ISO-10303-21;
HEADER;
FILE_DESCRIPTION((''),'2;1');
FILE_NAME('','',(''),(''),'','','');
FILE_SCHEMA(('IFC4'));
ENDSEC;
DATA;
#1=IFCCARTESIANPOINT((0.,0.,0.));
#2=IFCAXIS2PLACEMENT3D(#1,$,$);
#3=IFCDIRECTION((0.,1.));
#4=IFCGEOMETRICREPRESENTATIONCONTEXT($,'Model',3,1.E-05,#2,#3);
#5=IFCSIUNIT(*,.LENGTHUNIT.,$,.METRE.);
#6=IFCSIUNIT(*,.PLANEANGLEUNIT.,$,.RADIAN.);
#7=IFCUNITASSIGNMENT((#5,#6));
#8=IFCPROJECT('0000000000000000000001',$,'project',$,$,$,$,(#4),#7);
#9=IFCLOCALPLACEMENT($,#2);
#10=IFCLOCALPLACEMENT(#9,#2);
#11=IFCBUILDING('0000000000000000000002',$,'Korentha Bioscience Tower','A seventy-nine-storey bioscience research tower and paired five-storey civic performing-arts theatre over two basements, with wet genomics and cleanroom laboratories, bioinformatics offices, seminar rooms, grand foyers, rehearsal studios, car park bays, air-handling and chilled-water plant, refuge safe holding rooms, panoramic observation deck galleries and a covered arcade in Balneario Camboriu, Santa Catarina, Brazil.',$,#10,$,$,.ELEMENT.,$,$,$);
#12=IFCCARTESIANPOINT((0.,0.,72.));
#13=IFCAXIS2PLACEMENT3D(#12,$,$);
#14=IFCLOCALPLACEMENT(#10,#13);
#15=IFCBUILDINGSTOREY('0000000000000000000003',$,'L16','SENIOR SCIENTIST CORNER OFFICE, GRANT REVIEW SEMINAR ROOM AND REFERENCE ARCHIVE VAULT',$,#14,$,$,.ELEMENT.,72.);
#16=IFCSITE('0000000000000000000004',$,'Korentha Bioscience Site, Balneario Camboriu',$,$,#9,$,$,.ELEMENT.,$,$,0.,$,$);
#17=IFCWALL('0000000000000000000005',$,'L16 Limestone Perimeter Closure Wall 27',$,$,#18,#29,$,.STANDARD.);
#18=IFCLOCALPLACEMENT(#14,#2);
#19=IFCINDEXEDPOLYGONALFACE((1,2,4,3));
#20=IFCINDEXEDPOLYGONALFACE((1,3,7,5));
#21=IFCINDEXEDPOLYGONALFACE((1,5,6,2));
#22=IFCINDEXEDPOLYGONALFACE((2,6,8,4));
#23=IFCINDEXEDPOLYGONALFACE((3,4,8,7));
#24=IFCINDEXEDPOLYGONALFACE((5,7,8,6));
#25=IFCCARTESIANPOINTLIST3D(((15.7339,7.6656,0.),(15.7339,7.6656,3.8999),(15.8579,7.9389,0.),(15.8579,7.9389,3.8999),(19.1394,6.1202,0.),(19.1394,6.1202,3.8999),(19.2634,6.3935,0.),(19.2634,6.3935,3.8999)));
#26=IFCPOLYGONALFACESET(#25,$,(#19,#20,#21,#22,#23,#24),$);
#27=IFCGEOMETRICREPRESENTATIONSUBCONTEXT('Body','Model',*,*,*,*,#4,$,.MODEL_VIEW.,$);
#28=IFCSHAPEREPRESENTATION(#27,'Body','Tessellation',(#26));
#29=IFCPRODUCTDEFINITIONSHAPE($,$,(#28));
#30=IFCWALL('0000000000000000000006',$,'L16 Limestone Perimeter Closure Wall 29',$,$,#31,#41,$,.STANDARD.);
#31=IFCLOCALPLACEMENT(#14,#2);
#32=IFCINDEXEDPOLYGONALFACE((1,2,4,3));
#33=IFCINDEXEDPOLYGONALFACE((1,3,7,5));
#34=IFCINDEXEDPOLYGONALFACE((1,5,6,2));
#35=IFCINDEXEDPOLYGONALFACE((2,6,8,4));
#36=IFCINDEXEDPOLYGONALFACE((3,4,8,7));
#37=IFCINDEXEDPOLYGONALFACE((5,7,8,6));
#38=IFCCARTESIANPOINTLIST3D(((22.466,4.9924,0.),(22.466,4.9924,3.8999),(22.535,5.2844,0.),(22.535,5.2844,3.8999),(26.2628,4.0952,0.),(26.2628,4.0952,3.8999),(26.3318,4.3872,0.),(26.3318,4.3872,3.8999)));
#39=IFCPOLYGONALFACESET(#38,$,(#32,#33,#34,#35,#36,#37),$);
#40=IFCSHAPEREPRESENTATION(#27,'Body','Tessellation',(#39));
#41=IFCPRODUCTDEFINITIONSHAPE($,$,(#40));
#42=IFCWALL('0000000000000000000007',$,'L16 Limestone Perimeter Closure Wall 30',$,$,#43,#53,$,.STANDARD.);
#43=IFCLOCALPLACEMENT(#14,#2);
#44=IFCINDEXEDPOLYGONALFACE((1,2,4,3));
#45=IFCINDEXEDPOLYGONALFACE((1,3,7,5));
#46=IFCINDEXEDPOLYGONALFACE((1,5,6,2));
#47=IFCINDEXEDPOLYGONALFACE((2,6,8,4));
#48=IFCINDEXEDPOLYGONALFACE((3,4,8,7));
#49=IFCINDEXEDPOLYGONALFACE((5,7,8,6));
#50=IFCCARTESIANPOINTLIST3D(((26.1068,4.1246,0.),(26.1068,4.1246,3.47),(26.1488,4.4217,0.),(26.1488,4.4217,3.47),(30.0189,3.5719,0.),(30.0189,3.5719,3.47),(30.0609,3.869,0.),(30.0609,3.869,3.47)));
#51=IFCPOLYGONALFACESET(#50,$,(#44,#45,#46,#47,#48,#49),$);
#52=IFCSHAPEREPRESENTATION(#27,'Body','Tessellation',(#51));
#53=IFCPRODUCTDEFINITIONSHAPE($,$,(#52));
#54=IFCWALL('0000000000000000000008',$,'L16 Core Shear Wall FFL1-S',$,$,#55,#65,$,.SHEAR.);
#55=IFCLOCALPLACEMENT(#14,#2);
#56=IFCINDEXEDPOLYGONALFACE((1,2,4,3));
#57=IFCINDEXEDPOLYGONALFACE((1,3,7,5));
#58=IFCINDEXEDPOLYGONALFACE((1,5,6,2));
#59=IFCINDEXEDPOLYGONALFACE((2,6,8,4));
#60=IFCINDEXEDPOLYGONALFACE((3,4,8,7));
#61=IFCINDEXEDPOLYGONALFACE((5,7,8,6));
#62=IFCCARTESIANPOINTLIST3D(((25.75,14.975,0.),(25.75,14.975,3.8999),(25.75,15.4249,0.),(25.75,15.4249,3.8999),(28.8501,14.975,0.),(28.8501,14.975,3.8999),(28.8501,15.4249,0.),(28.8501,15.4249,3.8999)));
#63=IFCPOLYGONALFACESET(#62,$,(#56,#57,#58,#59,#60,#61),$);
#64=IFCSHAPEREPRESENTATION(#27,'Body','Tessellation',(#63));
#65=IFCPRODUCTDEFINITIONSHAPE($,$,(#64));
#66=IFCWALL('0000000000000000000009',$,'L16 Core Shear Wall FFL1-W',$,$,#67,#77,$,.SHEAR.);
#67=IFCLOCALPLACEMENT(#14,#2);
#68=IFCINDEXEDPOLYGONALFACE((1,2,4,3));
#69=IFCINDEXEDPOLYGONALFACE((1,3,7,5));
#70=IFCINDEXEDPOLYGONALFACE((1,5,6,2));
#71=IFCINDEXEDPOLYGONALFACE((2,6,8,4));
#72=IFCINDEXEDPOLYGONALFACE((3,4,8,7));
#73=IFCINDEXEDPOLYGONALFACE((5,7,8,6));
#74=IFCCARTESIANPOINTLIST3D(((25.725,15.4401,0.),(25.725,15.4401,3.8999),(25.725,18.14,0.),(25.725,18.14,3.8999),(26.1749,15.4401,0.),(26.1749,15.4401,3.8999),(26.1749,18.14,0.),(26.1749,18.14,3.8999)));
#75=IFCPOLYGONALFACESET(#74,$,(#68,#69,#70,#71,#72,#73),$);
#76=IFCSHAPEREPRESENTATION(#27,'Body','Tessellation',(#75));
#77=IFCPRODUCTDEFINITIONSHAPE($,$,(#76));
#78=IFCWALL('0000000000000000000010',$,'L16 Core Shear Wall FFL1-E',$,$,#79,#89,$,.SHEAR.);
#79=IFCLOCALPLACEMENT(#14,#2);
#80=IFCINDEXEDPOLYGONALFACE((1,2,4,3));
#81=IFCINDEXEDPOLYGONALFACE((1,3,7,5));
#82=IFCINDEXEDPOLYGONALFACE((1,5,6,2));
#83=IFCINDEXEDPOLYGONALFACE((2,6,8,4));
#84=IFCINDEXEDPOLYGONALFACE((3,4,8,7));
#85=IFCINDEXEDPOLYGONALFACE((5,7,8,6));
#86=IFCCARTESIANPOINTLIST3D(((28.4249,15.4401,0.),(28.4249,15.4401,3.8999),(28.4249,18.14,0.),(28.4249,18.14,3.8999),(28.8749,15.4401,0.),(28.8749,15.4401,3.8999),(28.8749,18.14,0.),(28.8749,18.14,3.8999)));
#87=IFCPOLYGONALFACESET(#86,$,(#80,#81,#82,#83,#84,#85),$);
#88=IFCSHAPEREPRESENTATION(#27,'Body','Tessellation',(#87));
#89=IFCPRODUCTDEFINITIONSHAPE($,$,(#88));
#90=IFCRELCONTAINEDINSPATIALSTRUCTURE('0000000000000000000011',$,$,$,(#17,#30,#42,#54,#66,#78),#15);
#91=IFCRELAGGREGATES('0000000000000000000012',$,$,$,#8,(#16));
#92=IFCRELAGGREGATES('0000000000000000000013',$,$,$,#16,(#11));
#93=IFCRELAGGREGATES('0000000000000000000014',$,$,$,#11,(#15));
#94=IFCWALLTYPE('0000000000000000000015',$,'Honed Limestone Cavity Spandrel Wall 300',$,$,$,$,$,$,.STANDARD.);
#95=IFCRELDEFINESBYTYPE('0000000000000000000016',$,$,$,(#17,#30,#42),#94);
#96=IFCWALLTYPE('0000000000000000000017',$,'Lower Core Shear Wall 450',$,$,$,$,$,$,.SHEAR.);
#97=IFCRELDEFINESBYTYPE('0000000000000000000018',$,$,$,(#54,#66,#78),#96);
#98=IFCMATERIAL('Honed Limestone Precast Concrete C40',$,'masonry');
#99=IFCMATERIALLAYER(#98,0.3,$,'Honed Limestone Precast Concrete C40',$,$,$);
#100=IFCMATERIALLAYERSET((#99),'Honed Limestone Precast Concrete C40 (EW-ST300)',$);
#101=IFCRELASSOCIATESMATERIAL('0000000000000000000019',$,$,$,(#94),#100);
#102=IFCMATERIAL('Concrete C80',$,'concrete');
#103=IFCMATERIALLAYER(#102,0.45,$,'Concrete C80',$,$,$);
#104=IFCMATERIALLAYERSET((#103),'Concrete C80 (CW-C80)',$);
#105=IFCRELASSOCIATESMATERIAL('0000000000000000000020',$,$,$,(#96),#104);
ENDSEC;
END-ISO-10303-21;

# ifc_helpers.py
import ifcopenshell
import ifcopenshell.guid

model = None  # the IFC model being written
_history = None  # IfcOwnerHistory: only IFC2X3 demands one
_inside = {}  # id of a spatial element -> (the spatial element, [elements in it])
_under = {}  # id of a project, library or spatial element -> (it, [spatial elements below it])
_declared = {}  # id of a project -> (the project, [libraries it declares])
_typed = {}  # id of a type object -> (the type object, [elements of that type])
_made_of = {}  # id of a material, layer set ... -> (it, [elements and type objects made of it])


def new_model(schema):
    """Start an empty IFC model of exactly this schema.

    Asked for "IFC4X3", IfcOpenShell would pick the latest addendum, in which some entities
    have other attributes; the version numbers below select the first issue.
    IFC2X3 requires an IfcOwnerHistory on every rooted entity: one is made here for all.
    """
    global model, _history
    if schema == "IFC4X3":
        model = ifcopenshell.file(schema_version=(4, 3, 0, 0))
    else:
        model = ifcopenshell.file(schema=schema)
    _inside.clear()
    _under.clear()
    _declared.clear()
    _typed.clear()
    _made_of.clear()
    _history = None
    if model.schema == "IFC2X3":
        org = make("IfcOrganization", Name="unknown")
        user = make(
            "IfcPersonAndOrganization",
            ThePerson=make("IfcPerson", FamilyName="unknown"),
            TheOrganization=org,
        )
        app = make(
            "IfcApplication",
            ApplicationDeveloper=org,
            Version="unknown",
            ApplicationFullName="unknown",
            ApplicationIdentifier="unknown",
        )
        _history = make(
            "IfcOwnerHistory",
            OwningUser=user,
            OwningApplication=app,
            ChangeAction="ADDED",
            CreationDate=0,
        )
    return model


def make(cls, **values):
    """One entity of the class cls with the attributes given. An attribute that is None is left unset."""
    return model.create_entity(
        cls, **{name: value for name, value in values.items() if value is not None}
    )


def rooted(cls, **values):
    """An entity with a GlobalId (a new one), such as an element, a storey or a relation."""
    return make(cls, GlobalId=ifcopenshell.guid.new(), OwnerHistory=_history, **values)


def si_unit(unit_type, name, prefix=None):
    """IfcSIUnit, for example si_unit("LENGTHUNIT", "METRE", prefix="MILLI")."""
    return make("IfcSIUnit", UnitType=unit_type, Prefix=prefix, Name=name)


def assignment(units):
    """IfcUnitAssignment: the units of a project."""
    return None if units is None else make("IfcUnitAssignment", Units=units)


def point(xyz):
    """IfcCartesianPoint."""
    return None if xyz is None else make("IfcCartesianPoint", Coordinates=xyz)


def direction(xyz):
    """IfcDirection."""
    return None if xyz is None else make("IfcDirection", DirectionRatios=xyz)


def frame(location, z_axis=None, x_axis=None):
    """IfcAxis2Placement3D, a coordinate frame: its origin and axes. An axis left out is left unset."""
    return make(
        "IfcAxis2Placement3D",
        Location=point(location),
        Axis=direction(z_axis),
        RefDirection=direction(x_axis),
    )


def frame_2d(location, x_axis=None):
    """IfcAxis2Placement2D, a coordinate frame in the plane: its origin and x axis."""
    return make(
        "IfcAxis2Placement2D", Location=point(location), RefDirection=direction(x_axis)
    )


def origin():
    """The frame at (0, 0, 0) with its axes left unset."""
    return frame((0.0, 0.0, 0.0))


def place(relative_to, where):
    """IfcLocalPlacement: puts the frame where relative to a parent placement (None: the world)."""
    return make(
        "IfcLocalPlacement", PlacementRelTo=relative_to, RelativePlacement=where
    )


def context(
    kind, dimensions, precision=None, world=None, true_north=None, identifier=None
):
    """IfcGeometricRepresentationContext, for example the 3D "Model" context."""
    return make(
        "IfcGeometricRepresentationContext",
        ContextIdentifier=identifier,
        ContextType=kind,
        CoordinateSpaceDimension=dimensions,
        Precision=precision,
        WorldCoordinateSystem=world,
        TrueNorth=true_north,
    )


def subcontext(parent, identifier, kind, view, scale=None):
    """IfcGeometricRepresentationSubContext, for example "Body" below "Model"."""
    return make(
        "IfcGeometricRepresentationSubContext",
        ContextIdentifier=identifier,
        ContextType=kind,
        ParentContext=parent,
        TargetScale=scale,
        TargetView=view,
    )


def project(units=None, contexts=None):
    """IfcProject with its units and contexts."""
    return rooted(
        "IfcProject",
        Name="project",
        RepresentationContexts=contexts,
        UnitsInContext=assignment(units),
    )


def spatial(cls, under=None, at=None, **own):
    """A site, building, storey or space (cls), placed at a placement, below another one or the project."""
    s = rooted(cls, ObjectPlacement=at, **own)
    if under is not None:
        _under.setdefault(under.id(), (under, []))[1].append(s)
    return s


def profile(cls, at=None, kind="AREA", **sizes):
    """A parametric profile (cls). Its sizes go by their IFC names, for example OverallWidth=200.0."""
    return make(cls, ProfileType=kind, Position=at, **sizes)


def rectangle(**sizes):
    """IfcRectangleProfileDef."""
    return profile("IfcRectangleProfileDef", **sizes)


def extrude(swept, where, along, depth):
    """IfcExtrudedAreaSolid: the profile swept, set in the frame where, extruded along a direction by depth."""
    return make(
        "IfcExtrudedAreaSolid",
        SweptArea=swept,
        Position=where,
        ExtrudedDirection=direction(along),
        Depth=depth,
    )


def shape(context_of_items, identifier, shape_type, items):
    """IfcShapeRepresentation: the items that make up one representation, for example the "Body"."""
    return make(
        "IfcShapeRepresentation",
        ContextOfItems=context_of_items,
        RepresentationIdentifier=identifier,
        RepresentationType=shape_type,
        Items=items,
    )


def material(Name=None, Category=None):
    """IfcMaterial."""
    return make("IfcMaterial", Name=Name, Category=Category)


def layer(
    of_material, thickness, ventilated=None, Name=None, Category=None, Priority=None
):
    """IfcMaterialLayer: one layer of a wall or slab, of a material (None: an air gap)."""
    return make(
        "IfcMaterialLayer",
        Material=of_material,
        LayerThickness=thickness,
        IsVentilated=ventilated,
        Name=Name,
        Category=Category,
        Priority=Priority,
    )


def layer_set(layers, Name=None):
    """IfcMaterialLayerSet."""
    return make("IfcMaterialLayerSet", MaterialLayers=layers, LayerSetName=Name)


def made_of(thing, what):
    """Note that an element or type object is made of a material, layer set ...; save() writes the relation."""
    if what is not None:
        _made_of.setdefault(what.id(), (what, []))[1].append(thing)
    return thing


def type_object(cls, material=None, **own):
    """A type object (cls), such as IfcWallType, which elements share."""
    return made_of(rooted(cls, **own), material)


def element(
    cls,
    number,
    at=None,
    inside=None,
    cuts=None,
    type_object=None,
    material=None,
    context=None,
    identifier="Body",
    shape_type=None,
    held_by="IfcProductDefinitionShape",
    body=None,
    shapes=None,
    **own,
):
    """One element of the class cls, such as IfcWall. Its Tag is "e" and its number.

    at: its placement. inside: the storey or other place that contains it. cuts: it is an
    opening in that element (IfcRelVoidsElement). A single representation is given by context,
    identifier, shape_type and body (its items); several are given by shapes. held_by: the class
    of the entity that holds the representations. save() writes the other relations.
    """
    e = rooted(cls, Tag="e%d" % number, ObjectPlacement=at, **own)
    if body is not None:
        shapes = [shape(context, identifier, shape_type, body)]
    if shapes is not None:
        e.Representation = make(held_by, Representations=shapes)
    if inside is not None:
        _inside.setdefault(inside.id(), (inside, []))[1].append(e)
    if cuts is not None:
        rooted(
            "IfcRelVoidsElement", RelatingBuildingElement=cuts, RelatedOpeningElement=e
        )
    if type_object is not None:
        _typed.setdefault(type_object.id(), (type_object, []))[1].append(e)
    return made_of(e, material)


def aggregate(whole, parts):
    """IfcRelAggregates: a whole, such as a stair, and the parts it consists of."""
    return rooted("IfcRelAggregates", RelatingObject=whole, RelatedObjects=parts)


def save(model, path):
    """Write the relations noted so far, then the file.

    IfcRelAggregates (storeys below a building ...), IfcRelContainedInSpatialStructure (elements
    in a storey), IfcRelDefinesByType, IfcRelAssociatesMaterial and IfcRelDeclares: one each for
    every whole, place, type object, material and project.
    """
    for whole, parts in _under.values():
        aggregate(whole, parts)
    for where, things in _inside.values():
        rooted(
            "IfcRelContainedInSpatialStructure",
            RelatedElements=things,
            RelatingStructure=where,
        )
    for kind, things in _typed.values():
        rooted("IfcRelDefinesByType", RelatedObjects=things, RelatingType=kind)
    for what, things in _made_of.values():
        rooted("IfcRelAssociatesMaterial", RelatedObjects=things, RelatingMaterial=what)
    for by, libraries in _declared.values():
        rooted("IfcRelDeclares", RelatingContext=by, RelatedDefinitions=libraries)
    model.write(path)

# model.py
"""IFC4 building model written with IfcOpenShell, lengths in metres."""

from ifc_helpers import new_model, si_unit, direction, frame, frame_2d, origin, place, context, subcontext, project, spatial, rectangle, extrude, material, layer, layer_set, type_object, element, save


model = new_model("IFC4")

# Units and contexts
model_context = context("Model", 3, precision=1e-05, world=origin(), true_north=direction((0.0, 1.0)))
body_context = subcontext(model_context, "Body", "Model", "MODEL_VIEW")
ifc_project = project(units=[si_unit("LENGTHUNIT", "METRE"), si_unit("PLANEANGLEUNIT", "RADIAN")], contexts=[model_context])

# Site, building, storey
site_placement = place(None, origin())
site = spatial("IfcSite", under=ifc_project, at=site_placement, Name="Korentha Bioscience Site, Balneario Camboriu", CompositionType="ELEMENT", RefElevation=0.0)
building_placement = place(site_placement, origin())
building = spatial("IfcBuilding", under=site, at=building_placement, Name="Korentha Bioscience Tower", Description="A seventy-nine-storey bioscience research tower and paired five-storey civic performing-arts theatre over two basements, with wet genomics and cleanroom laboratories, bioinformatics offices, seminar rooms, grand foyers, rehearsal studios, car park bays, air-handling and chilled-water plant, refuge safe holding rooms, panoramic observation deck galleries and a covered arcade in Balneario Camboriu, Santa Catarina, Brazil.", CompositionType="ELEMENT")
storey_placement = place(building_placement, frame((0.0, 0.0, 72.0)))
storey = spatial("IfcBuildingStorey", under=building, at=storey_placement, Name="L16", Description="SENIOR SCIENTIST CORNER OFFICE, GRANT REVIEW SEMINAR ROOM AND REFERENCE ARCHIVE VAULT", CompositionType="ELEMENT", Elevation=72.0)

# Shared definitions
ifc_material_1 = material(Name="Concrete C80", Category="concrete")

# Shared definitions
ifc_material_2 = material(Name="Honed Limestone Precast Concrete C40", Category="masonry")
ifc_layer_1 = layer(ifc_material_2, 0.3, Name="Honed Limestone Precast Concrete C40")
ifc_layer_set_1 = layer_set([ifc_layer_1], Name="Honed Limestone Precast Concrete C40 (EW-ST300)")
wall_type_1 = type_object("IfcWallType", Name="Honed Limestone Cavity Spandrel Wall 300", PredefinedType="STANDARD", material=ifc_layer_set_1)

# Walls
wall_1_placement = place(storey_placement, frame((15.7959, 7.8022, 0.0), z_axis=(0.0, 0.0, 1.0), x_axis=(0.910623, -0.413237, 0.0)))
element("IfcWall", 1, at=wall_1_placement, inside=storey, type_object=wall_type_1, Name="L16 Limestone Perimeter Closure Wall 27", PredefinedType="STANDARD", context=body_context, shape_type="SweptSolid", body=[
    extrude(rectangle(XDim=3.7397, YDim=0.3, at=frame_2d((1.8699, 0.0))), origin(), (0.0, 0.0, 1.0), 3.8999),
])
wall_2_placement = place(storey_placement, frame((22.5005, 5.1384, 0.0), z_axis=(0.0, 0.0, 1.0), x_axis=(0.973198, -0.22997, 0.0)))
element("IfcWall", 2, at=wall_2_placement, inside=storey, type_object=wall_type_1, Name="L16 Limestone Perimeter Closure Wall 29", PredefinedType="STANDARD", context=body_context, shape_type="SweptSolid", body=[
    extrude(rectangle(XDim=3.9014, YDim=0.3, at=frame_2d((1.9507, 0.0))), origin(), (0.0, 0.0, 1.0), 3.8999),
])
wall_3_placement = place(storey_placement, frame((26.1277, 4.2732, 0.0), z_axis=(0.0, 0.0, 1.0), x_axis=(0.990166, -0.139899, 0.0)))
element("IfcWall", 3, at=wall_3_placement, inside=storey, type_object=wall_type_1, Name="L16 Limestone Perimeter Closure Wall 30", PredefinedType="STANDARD", context=body_context, shape_type="SweptSolid", body=[
    extrude(rectangle(XDim=3.9509, YDim=0.3, at=frame_2d((1.9756, 0.0))), origin(), (0.0, 0.0, 1.0), 3.47),
])
ifc_layer_2 = layer(ifc_material_1, 0.45, Name="Concrete C80")
ifc_layer_set_2 = layer_set([ifc_layer_2], Name="Concrete C80 (CW-C80)")
wall_type_2 = type_object("IfcWallType", Name="Lower Core Shear Wall 450", PredefinedType="SHEAR", material=ifc_layer_set_2)
wall_4_placement = place(storey_placement, frame((25.75, 15.2, 0.0), z_axis=(0.0, 0.0, 1.0), x_axis=(1.0, 0.0, 0.0)))
element("IfcWall", 4, at=wall_4_placement, inside=storey, type_object=wall_type_2, Name="L16 Core Shear Wall FFL1-S", PredefinedType="SHEAR", context=body_context, shape_type="SweptSolid", body=[
    extrude(rectangle(XDim=3.1001, YDim=0.45, at=frame_2d((1.55, 0.0))), origin(), (0.0, 0.0, 1.0), 3.8999),
])
for number, where, z_axis, x_axis, name in (
    (5, (25.95, 15.4399, 0.0), (0.0, 0.0, 1.0), (0.0, 1.0, 0.0), "L16 Core Shear Wall FFL1-W"),
    (6, (28.6499, 15.4399, 0.0), (0.0, 0.0, 1.0), (0.0, 1.0, 0.0), "L16 Core Shear Wall FFL1-E"),
):
    element("IfcWall", number, at=place(storey_placement, frame(where, z_axis=z_axis, x_axis=x_axis)), inside=storey, type_object=wall_type_2, Name=name, PredefinedType="SHEAR", context=body_context, shape_type="SweptSolid", body=[
        extrude(rectangle(XDim=2.7, YDim=0.45, at=frame_2d((1.3501, 0.0))), origin(), (0.0, 0.0, 1.0), 3.8999),
    ])

save(model, "model.ifc")
